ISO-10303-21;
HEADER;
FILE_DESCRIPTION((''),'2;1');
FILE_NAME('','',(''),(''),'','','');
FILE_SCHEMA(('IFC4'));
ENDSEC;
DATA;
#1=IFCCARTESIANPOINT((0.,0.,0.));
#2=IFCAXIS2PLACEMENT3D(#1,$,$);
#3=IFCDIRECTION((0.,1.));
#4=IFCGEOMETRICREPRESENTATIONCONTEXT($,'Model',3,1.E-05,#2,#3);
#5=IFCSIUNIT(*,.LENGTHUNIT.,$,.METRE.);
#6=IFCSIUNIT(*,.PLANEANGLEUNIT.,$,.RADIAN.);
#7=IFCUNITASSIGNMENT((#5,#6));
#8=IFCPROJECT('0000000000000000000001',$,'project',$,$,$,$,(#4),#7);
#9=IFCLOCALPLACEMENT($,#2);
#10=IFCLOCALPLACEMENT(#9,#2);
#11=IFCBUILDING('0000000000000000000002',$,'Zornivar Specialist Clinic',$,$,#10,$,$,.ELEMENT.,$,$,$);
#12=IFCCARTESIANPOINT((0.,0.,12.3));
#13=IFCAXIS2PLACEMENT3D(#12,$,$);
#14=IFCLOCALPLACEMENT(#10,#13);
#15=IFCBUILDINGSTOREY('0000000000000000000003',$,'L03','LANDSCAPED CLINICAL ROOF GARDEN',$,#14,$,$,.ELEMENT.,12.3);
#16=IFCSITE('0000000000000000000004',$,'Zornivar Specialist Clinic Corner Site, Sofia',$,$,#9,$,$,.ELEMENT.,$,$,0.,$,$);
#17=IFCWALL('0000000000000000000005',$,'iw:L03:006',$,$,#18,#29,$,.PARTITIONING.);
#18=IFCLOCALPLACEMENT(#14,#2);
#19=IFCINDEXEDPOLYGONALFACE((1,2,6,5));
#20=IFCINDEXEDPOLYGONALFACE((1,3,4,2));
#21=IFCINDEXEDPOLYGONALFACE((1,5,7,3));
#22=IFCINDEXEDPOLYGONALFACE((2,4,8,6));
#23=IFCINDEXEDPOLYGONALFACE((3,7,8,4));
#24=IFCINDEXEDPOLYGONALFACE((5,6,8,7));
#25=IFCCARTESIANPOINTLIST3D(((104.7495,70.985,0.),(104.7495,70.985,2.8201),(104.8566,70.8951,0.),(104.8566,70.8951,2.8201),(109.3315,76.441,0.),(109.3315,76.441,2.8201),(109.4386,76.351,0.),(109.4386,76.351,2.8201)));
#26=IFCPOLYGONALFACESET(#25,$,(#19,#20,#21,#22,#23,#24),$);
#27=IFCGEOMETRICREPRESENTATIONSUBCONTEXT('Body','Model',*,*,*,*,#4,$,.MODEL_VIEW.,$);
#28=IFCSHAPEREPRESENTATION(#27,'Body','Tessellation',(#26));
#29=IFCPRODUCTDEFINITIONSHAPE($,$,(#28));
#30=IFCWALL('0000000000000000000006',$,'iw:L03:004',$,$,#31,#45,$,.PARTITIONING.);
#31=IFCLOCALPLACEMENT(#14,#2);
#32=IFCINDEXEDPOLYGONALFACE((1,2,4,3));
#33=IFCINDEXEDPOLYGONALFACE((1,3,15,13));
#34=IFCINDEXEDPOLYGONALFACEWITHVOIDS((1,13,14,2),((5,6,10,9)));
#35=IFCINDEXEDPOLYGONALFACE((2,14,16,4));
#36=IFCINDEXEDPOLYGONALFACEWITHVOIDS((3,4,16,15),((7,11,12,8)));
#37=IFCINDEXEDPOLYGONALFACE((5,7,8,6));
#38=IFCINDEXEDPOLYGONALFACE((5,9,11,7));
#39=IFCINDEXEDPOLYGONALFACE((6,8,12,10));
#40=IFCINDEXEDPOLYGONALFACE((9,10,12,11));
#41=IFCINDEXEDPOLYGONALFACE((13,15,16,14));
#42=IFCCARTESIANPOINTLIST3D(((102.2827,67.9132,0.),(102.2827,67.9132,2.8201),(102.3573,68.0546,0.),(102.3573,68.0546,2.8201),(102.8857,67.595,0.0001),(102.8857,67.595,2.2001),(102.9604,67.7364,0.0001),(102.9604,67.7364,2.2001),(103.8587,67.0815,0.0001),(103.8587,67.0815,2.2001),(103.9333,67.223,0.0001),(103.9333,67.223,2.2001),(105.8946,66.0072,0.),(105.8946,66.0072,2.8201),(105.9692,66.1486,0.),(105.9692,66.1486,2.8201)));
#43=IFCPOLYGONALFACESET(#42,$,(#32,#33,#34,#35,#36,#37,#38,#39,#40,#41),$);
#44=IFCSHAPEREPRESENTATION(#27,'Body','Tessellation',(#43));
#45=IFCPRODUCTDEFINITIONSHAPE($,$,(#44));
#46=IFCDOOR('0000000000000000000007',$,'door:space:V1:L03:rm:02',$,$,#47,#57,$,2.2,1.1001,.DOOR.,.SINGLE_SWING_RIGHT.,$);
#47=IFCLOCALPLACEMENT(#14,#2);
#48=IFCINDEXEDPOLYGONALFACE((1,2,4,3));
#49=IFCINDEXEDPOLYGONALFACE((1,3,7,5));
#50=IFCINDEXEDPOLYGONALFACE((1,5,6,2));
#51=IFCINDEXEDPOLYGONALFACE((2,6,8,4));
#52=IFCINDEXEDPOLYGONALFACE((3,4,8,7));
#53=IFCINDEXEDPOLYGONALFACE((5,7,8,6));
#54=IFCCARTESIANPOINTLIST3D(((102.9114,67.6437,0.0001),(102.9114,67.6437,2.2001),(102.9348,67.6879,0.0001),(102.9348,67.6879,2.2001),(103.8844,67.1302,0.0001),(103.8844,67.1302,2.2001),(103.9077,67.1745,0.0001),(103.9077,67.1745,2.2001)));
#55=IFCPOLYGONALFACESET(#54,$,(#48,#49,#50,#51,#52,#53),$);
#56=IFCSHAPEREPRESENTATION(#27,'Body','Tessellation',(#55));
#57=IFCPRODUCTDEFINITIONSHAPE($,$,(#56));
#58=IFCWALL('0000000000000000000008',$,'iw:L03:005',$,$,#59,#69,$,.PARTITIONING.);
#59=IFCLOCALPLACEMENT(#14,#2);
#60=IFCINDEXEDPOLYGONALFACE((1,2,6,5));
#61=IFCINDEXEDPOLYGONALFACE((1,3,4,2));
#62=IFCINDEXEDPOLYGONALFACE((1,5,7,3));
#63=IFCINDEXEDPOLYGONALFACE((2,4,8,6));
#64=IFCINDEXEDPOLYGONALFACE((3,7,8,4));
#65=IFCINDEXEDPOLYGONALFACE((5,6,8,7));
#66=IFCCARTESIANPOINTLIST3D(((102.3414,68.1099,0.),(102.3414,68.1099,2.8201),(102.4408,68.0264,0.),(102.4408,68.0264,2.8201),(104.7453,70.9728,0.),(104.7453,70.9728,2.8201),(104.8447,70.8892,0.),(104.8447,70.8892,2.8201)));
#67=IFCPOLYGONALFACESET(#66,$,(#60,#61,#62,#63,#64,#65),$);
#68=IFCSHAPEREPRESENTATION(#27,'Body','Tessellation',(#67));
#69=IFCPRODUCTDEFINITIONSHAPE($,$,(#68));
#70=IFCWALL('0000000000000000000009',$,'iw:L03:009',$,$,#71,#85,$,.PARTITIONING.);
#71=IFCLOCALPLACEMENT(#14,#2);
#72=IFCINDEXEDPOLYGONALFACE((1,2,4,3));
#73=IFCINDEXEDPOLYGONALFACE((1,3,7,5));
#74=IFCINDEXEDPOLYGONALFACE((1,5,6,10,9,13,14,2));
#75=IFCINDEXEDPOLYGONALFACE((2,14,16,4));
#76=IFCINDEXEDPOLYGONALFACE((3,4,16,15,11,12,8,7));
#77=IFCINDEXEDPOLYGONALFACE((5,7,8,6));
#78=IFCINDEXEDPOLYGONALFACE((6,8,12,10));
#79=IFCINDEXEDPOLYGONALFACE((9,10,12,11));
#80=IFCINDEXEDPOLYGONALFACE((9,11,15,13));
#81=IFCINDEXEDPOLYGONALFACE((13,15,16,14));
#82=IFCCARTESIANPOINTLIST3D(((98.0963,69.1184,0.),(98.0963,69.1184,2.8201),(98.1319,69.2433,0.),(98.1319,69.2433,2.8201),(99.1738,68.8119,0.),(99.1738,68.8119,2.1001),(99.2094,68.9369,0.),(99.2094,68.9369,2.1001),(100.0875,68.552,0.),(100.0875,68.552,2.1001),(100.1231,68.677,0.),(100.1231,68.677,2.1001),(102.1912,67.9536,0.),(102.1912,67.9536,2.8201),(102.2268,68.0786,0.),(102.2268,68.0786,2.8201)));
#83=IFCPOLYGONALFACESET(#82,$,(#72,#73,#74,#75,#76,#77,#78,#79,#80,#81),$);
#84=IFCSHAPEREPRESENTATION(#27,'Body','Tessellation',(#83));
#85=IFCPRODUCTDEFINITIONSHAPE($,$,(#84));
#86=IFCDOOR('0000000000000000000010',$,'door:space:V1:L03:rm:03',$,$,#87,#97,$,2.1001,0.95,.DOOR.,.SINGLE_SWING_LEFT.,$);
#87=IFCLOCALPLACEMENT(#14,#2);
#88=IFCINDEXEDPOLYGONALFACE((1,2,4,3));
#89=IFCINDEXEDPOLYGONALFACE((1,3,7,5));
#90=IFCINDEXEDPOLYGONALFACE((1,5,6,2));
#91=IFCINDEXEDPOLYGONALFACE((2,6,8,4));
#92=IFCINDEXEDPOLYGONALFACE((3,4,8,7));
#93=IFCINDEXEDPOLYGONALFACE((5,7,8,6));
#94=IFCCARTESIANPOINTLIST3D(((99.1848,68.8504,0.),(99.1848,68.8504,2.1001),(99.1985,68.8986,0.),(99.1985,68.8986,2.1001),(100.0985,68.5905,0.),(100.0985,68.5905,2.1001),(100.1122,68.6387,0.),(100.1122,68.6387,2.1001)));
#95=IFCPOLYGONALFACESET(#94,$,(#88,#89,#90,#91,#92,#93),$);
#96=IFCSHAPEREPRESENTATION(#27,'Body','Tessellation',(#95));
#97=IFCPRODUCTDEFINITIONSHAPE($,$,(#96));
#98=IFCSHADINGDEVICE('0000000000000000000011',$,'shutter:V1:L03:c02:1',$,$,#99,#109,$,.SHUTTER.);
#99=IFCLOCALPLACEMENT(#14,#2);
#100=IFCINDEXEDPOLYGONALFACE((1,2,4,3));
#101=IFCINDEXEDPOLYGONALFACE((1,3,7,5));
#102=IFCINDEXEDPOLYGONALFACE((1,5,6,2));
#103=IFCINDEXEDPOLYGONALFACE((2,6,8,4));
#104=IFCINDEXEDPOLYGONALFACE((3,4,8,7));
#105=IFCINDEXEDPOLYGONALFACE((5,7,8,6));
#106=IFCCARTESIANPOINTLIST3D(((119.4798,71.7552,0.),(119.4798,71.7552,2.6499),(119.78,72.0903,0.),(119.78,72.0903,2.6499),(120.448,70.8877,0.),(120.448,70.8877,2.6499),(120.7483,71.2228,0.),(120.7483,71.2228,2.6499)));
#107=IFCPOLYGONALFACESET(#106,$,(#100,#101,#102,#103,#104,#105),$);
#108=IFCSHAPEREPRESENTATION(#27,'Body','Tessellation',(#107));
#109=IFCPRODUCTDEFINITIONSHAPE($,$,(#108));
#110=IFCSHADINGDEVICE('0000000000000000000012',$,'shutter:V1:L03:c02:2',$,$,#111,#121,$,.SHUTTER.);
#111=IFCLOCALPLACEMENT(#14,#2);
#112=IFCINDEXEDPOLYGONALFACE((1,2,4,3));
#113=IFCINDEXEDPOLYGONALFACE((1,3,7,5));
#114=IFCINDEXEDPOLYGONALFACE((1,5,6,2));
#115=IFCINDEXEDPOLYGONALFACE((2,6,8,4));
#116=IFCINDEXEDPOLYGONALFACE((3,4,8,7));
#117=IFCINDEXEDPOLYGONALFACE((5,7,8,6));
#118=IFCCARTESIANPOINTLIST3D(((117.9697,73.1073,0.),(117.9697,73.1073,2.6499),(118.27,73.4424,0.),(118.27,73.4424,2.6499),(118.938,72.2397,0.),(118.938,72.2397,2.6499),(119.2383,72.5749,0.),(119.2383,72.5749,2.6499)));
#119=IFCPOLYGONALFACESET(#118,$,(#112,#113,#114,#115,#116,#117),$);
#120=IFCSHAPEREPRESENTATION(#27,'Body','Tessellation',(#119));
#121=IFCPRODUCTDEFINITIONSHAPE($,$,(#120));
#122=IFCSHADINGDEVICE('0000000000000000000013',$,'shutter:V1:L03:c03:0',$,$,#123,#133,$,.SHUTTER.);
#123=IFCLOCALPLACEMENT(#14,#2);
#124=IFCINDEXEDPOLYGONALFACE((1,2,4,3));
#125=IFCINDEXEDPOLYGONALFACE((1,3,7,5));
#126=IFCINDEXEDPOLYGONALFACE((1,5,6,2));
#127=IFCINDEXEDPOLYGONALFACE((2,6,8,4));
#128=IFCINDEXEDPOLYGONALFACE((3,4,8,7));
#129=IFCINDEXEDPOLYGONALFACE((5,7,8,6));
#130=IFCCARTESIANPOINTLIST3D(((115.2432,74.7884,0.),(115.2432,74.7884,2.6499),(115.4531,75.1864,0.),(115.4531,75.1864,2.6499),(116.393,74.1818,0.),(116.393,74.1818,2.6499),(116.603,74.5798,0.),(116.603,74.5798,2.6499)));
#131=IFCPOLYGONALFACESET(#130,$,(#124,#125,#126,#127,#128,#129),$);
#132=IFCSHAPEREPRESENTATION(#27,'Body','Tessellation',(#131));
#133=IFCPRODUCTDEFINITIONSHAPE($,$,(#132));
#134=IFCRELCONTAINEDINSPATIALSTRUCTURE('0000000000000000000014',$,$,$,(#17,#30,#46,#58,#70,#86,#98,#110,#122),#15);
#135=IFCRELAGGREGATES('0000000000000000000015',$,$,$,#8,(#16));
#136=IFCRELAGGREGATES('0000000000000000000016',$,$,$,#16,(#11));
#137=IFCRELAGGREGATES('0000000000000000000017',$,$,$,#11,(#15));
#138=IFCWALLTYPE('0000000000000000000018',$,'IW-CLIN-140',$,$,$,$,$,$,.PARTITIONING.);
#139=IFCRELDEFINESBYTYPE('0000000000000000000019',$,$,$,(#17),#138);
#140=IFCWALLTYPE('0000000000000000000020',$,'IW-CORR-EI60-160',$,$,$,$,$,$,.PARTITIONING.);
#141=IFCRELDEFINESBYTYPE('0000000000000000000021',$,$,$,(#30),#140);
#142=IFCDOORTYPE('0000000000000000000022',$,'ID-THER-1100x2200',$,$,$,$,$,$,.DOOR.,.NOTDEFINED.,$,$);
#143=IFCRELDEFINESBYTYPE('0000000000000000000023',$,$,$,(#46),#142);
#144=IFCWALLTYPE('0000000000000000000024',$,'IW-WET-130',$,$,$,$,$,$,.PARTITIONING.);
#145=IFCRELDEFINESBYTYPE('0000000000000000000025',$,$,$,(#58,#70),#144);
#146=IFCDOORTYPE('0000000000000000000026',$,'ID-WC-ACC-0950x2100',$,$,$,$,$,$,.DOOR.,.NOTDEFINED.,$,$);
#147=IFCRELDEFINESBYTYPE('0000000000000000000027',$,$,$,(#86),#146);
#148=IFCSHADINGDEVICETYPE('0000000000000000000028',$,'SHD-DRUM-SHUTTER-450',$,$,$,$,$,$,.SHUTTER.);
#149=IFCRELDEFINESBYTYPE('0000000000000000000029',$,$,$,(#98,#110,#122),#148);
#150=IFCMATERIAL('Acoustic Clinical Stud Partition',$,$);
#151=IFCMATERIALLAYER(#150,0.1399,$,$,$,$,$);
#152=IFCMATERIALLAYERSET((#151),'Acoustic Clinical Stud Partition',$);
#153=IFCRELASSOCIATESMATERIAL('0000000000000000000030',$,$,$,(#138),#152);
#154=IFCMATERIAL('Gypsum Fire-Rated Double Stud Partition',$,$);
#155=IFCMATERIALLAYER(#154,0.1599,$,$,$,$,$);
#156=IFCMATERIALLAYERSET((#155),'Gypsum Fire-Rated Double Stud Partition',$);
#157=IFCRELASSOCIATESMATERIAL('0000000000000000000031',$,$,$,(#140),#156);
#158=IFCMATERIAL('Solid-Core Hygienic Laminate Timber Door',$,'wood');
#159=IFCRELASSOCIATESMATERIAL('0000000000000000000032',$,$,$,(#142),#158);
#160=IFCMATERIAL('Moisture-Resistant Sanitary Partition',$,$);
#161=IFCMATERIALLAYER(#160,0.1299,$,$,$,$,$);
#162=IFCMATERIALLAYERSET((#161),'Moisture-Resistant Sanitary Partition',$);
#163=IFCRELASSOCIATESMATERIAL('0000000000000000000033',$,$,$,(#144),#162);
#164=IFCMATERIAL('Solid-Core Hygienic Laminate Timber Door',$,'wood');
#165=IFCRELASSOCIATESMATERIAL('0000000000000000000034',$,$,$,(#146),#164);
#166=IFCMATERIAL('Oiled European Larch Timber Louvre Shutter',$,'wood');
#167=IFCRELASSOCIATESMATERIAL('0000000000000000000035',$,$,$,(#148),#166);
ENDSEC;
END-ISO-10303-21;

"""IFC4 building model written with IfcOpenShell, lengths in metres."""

from ifc_helpers import new_model, si_unit, direction, frame, frame_2d, origin, origin_2d, place, context, subcontext, project, spatial, rectangle, extrude, material, layer, layer_set, type_object, element, fill, save


model = new_model("IFC4")

# Units and contexts
model_context = context("Model", 3, precision=1e-05, world=origin(), true_north=direction((0.0, 1.0)))
body_context = subcontext(model_context, "Body", "Model", "MODEL_VIEW")
ifc_project = project(units=[si_unit("LENGTHUNIT", "METRE"), si_unit("PLANEANGLEUNIT", "RADIAN")], contexts=[model_context])

# Site, building, storey
site_placement = place(None, origin())
site = spatial("IfcSite", under=ifc_project, at=site_placement, Name="Zornivar Specialist Clinic Corner Site, Sofia", CompositionType="ELEMENT", RefElevation=0.0)
building_placement = place(site_placement, origin())
building = spatial("IfcBuilding", under=site, at=building_placement, Name="Zornivar Specialist Clinic", CompositionType="ELEMENT")
storey_placement = place(building_placement, frame((0.0, 0.0, 12.3)))
storey = spatial("IfcBuildingStorey", under=building, at=storey_placement, Name="L03", Description="LANDSCAPED CLINICAL ROOF GARDEN", CompositionType="ELEMENT", Elevation=12.3)

# Wall
ifc_material_1 = material(Name="Acoustic Clinical Stud Partition")
ifc_layer_1 = layer(ifc_material_1, 0.1399)
ifc_layer_set_1 = layer_set([ifc_layer_1], Name="Acoustic Clinical Stud Partition")
wall_type_1 = type_object("IfcWallType", Name="IW-CLIN-140", PredefinedType="PARTITIONING", material=ifc_layer_set_1)
wall_1_placement = place(storey_placement, frame((104.803, 70.9399, 0.0), z_axis=(0.0, 0.0, 1.0), x_axis=(0.643105, 0.765778, 0.0)))
element("IfcWall", 1, at=wall_1_placement, inside=storey, type_object=wall_type_1, Name="iw:L03:006", PredefinedType="PARTITIONING", context=body_context, shape_type="SweptSolid", body=[
    extrude(rectangle(XDim=7.1248, YDim=0.1399, at=frame_2d((3.5625, 0.0))), origin(), (0.0, 0.0, 1.0), 2.8201),
])

# Wall, opening, door
ifc_material_2 = material(Name="Gypsum Fire-Rated Double Stud Partition")
ifc_layer_2 = layer(ifc_material_2, 0.1599)
ifc_layer_set_2 = layer_set([ifc_layer_2], Name="Gypsum Fire-Rated Double Stud Partition")
wall_type_2 = type_object("IfcWallType", Name="IW-CORR-EI60-160", PredefinedType="PARTITIONING", material=ifc_layer_set_2)
wall_2_placement = place(storey_placement, frame((105.9319, 66.0779, 0.0), z_axis=(0.0, 0.0, 1.0), x_axis=(-0.884408, 0.466714, 0.0)))
wall_2 = element("IfcWall", 2, at=wall_2_placement, inside=storey, type_object=wall_type_2, Name="iw:L03:004", PredefinedType="PARTITIONING", context=body_context, shape_type="SweptSolid", body=[
    extrude(rectangle(XDim=4.084, YDim=0.1599, at=frame_2d((2.042, 0.0))), origin(), (0.0, 0.0, 1.0), 2.8201),
])
opening_1_placement = place(wall_2_placement, frame((2.302, 0.0, 0.0)))
opening_1 = element("IfcOpeningElement", 3, at=opening_1_placement, cuts=wall_2, PredefinedType="OPENING", context=body_context, shape_type="SweptSolid", body=[
    extrude(rectangle(XDim=1.1001, YDim=2.2, at=frame_2d((0.55, 1.1001))), frame((0.0, 0.0898, 0.0), z_axis=(0.0, -1.0, 0.0), x_axis=(1.0, 0.0, 0.0)), (0.0, 0.0, 1.0), 0.1799),
])
ifc_material_3 = material(Name="Solid-Core Hygienic Laminate Timber Door", Category="wood")
door_type_1 = type_object("IfcDoorType", Name="ID-THER-1100x2200", OperationType="NOTDEFINED", PredefinedType="DOOR", material=ifc_material_3)
door_1_placement = place(opening_1_placement, origin())
door_1 = element("IfcDoor", 4, at=door_1_placement, inside=storey, type_object=door_type_1, Name="door:space:V1:L03:rm:02", OperationType="SINGLE_SWING_RIGHT", OverallHeight=2.2, OverallWidth=1.1001, PredefinedType="DOOR", context=body_context, shape_type="SweptSolid", body=[
    extrude(rectangle(XDim=1.1001, YDim=2.2, at=frame_2d((0.55, 1.1001))), frame((0.0, 0.0249, 0.0), z_axis=(0.0, -1.0, 0.0), x_axis=(1.0, 0.0, 0.0)), (0.0, 0.0, 1.0), 0.05),
])
fill(opening_1, door_1)

# Wall
ifc_material_4 = material(Name="Moisture-Resistant Sanitary Partition")
ifc_layer_3 = layer(ifc_material_4, 0.1299)
ifc_layer_set_3 = layer_set([ifc_layer_3], Name="Moisture-Resistant Sanitary Partition")
wall_type_3 = type_object("IfcWallType", Name="IW-WET-130", PredefinedType="PARTITIONING", material=ifc_layer_set_3)
wall_3_placement = place(storey_placement, frame((102.3911, 68.0681, 0.0), z_axis=(0.0, 0.0, 1.0), x_axis=(0.643045, 0.765828, 0.0)))
element("IfcWall", 5, at=wall_3_placement, inside=storey, type_object=wall_type_3, Name="iw:L03:005", PredefinedType="PARTITIONING", context=body_context, shape_type="SweptSolid", body=[
    extrude(rectangle(XDim=3.7383, YDim=0.1299, at=frame_2d((1.8691, 0.0))), origin(), (0.0, 0.0, 1.0), 2.8201),
])

# Wall, opening, door
wall_4_placement = place(storey_placement, frame((102.209, 68.0161, 0.0), z_axis=(0.0, 0.0, 1.0), x_axis=(-0.961846, 0.273592, 0.0)))
wall_4 = element("IfcWall", 6, at=wall_4_placement, inside=storey, type_object=wall_type_3, Name="iw:L03:009", PredefinedType="PARTITIONING", context=body_context, shape_type="SweptSolid", body=[
    extrude(rectangle(XDim=4.2573, YDim=0.1299, at=frame_2d((2.1287, 0.0))), origin(), (0.0, 0.0, 1.0), 2.8201),
])
opening_2_placement = place(wall_4_placement, frame((2.187, 0.0, 0.0)))
opening_2 = element("IfcOpeningElement", 7, at=opening_2_placement, cuts=wall_4, PredefinedType="OPENING", context=body_context, shape_type="SweptSolid", body=[
    extrude(rectangle(XDim=0.95, YDim=2.1001, at=frame_2d((0.4751, 1.05))), frame((0.0, 0.075, 0.0), z_axis=(0.0, -1.0, 0.0), x_axis=(1.0, 0.0, 0.0)), (0.0, 0.0, 1.0), 0.1499),
])
ifc_material_5 = material(Name="Solid-Core Hygienic Laminate Timber Door", Category="wood")
door_type_2 = type_object("IfcDoorType", Name="ID-WC-ACC-0950x2100", OperationType="NOTDEFINED", PredefinedType="DOOR", material=ifc_material_5)
door_2_placement = place(opening_2_placement, origin())
door_2 = element("IfcDoor", 8, at=door_2_placement, inside=storey, type_object=door_type_2, Name="door:space:V1:L03:rm:03", OperationType="SINGLE_SWING_LEFT", OverallHeight=2.1001, OverallWidth=0.95, PredefinedType="DOOR", context=body_context, shape_type="SweptSolid", body=[
    extrude(rectangle(XDim=0.95, YDim=2.1001, at=frame_2d((0.4751, 1.05))), frame((0.0, 0.0249, 0.0), z_axis=(0.0, -1.0, 0.0), x_axis=(1.0, 0.0, 0.0)), (0.0, 0.0, 1.0), 0.05),
])
fill(opening_2, door_2)

# Shading devices
ifc_material_6 = material(Name="Oiled European Larch Timber Louvre Shutter", Category="wood")
shading_device_type = type_object("IfcShadingDeviceType", Name="SHD-DRUM-SHUTTER-450", PredefinedType="SHUTTER", material=ifc_material_6)
for number, where, z_axis, x_axis, name in (
    (9, (120.114, 71.489, 0.0), (0.0, 0.0, 1.0), (-0.744797, 0.667291, 0.0), "shutter:V1:L03:c02:1"),
    (10, (118.604, 72.8411, 0.0), (0.0, 0.0, 1.0), (-0.744797, 0.667291, 0.0), "shutter:V1:L03:c02:2"),
    (11, (115.9231, 74.6841, 0.0), (0.0, 0.0, 1.0), (-0.88447, 0.466597, 0.0), "shutter:V1:L03:c03:0"),
):
    element("IfcShadingDevice", number, at=place(storey_placement, frame(where, z_axis=z_axis, x_axis=x_axis)), inside=storey, type_object=shading_device_type, Name=name, PredefinedType="SHUTTER", context=body_context, shape_type="SweptSolid", body=[
        extrude(rectangle(XDim=1.3, YDim=0.45, at=origin_2d()), origin(), (0.0, 0.0, 1.0), 2.6499),
    ])

save(model, "model.ifc")
